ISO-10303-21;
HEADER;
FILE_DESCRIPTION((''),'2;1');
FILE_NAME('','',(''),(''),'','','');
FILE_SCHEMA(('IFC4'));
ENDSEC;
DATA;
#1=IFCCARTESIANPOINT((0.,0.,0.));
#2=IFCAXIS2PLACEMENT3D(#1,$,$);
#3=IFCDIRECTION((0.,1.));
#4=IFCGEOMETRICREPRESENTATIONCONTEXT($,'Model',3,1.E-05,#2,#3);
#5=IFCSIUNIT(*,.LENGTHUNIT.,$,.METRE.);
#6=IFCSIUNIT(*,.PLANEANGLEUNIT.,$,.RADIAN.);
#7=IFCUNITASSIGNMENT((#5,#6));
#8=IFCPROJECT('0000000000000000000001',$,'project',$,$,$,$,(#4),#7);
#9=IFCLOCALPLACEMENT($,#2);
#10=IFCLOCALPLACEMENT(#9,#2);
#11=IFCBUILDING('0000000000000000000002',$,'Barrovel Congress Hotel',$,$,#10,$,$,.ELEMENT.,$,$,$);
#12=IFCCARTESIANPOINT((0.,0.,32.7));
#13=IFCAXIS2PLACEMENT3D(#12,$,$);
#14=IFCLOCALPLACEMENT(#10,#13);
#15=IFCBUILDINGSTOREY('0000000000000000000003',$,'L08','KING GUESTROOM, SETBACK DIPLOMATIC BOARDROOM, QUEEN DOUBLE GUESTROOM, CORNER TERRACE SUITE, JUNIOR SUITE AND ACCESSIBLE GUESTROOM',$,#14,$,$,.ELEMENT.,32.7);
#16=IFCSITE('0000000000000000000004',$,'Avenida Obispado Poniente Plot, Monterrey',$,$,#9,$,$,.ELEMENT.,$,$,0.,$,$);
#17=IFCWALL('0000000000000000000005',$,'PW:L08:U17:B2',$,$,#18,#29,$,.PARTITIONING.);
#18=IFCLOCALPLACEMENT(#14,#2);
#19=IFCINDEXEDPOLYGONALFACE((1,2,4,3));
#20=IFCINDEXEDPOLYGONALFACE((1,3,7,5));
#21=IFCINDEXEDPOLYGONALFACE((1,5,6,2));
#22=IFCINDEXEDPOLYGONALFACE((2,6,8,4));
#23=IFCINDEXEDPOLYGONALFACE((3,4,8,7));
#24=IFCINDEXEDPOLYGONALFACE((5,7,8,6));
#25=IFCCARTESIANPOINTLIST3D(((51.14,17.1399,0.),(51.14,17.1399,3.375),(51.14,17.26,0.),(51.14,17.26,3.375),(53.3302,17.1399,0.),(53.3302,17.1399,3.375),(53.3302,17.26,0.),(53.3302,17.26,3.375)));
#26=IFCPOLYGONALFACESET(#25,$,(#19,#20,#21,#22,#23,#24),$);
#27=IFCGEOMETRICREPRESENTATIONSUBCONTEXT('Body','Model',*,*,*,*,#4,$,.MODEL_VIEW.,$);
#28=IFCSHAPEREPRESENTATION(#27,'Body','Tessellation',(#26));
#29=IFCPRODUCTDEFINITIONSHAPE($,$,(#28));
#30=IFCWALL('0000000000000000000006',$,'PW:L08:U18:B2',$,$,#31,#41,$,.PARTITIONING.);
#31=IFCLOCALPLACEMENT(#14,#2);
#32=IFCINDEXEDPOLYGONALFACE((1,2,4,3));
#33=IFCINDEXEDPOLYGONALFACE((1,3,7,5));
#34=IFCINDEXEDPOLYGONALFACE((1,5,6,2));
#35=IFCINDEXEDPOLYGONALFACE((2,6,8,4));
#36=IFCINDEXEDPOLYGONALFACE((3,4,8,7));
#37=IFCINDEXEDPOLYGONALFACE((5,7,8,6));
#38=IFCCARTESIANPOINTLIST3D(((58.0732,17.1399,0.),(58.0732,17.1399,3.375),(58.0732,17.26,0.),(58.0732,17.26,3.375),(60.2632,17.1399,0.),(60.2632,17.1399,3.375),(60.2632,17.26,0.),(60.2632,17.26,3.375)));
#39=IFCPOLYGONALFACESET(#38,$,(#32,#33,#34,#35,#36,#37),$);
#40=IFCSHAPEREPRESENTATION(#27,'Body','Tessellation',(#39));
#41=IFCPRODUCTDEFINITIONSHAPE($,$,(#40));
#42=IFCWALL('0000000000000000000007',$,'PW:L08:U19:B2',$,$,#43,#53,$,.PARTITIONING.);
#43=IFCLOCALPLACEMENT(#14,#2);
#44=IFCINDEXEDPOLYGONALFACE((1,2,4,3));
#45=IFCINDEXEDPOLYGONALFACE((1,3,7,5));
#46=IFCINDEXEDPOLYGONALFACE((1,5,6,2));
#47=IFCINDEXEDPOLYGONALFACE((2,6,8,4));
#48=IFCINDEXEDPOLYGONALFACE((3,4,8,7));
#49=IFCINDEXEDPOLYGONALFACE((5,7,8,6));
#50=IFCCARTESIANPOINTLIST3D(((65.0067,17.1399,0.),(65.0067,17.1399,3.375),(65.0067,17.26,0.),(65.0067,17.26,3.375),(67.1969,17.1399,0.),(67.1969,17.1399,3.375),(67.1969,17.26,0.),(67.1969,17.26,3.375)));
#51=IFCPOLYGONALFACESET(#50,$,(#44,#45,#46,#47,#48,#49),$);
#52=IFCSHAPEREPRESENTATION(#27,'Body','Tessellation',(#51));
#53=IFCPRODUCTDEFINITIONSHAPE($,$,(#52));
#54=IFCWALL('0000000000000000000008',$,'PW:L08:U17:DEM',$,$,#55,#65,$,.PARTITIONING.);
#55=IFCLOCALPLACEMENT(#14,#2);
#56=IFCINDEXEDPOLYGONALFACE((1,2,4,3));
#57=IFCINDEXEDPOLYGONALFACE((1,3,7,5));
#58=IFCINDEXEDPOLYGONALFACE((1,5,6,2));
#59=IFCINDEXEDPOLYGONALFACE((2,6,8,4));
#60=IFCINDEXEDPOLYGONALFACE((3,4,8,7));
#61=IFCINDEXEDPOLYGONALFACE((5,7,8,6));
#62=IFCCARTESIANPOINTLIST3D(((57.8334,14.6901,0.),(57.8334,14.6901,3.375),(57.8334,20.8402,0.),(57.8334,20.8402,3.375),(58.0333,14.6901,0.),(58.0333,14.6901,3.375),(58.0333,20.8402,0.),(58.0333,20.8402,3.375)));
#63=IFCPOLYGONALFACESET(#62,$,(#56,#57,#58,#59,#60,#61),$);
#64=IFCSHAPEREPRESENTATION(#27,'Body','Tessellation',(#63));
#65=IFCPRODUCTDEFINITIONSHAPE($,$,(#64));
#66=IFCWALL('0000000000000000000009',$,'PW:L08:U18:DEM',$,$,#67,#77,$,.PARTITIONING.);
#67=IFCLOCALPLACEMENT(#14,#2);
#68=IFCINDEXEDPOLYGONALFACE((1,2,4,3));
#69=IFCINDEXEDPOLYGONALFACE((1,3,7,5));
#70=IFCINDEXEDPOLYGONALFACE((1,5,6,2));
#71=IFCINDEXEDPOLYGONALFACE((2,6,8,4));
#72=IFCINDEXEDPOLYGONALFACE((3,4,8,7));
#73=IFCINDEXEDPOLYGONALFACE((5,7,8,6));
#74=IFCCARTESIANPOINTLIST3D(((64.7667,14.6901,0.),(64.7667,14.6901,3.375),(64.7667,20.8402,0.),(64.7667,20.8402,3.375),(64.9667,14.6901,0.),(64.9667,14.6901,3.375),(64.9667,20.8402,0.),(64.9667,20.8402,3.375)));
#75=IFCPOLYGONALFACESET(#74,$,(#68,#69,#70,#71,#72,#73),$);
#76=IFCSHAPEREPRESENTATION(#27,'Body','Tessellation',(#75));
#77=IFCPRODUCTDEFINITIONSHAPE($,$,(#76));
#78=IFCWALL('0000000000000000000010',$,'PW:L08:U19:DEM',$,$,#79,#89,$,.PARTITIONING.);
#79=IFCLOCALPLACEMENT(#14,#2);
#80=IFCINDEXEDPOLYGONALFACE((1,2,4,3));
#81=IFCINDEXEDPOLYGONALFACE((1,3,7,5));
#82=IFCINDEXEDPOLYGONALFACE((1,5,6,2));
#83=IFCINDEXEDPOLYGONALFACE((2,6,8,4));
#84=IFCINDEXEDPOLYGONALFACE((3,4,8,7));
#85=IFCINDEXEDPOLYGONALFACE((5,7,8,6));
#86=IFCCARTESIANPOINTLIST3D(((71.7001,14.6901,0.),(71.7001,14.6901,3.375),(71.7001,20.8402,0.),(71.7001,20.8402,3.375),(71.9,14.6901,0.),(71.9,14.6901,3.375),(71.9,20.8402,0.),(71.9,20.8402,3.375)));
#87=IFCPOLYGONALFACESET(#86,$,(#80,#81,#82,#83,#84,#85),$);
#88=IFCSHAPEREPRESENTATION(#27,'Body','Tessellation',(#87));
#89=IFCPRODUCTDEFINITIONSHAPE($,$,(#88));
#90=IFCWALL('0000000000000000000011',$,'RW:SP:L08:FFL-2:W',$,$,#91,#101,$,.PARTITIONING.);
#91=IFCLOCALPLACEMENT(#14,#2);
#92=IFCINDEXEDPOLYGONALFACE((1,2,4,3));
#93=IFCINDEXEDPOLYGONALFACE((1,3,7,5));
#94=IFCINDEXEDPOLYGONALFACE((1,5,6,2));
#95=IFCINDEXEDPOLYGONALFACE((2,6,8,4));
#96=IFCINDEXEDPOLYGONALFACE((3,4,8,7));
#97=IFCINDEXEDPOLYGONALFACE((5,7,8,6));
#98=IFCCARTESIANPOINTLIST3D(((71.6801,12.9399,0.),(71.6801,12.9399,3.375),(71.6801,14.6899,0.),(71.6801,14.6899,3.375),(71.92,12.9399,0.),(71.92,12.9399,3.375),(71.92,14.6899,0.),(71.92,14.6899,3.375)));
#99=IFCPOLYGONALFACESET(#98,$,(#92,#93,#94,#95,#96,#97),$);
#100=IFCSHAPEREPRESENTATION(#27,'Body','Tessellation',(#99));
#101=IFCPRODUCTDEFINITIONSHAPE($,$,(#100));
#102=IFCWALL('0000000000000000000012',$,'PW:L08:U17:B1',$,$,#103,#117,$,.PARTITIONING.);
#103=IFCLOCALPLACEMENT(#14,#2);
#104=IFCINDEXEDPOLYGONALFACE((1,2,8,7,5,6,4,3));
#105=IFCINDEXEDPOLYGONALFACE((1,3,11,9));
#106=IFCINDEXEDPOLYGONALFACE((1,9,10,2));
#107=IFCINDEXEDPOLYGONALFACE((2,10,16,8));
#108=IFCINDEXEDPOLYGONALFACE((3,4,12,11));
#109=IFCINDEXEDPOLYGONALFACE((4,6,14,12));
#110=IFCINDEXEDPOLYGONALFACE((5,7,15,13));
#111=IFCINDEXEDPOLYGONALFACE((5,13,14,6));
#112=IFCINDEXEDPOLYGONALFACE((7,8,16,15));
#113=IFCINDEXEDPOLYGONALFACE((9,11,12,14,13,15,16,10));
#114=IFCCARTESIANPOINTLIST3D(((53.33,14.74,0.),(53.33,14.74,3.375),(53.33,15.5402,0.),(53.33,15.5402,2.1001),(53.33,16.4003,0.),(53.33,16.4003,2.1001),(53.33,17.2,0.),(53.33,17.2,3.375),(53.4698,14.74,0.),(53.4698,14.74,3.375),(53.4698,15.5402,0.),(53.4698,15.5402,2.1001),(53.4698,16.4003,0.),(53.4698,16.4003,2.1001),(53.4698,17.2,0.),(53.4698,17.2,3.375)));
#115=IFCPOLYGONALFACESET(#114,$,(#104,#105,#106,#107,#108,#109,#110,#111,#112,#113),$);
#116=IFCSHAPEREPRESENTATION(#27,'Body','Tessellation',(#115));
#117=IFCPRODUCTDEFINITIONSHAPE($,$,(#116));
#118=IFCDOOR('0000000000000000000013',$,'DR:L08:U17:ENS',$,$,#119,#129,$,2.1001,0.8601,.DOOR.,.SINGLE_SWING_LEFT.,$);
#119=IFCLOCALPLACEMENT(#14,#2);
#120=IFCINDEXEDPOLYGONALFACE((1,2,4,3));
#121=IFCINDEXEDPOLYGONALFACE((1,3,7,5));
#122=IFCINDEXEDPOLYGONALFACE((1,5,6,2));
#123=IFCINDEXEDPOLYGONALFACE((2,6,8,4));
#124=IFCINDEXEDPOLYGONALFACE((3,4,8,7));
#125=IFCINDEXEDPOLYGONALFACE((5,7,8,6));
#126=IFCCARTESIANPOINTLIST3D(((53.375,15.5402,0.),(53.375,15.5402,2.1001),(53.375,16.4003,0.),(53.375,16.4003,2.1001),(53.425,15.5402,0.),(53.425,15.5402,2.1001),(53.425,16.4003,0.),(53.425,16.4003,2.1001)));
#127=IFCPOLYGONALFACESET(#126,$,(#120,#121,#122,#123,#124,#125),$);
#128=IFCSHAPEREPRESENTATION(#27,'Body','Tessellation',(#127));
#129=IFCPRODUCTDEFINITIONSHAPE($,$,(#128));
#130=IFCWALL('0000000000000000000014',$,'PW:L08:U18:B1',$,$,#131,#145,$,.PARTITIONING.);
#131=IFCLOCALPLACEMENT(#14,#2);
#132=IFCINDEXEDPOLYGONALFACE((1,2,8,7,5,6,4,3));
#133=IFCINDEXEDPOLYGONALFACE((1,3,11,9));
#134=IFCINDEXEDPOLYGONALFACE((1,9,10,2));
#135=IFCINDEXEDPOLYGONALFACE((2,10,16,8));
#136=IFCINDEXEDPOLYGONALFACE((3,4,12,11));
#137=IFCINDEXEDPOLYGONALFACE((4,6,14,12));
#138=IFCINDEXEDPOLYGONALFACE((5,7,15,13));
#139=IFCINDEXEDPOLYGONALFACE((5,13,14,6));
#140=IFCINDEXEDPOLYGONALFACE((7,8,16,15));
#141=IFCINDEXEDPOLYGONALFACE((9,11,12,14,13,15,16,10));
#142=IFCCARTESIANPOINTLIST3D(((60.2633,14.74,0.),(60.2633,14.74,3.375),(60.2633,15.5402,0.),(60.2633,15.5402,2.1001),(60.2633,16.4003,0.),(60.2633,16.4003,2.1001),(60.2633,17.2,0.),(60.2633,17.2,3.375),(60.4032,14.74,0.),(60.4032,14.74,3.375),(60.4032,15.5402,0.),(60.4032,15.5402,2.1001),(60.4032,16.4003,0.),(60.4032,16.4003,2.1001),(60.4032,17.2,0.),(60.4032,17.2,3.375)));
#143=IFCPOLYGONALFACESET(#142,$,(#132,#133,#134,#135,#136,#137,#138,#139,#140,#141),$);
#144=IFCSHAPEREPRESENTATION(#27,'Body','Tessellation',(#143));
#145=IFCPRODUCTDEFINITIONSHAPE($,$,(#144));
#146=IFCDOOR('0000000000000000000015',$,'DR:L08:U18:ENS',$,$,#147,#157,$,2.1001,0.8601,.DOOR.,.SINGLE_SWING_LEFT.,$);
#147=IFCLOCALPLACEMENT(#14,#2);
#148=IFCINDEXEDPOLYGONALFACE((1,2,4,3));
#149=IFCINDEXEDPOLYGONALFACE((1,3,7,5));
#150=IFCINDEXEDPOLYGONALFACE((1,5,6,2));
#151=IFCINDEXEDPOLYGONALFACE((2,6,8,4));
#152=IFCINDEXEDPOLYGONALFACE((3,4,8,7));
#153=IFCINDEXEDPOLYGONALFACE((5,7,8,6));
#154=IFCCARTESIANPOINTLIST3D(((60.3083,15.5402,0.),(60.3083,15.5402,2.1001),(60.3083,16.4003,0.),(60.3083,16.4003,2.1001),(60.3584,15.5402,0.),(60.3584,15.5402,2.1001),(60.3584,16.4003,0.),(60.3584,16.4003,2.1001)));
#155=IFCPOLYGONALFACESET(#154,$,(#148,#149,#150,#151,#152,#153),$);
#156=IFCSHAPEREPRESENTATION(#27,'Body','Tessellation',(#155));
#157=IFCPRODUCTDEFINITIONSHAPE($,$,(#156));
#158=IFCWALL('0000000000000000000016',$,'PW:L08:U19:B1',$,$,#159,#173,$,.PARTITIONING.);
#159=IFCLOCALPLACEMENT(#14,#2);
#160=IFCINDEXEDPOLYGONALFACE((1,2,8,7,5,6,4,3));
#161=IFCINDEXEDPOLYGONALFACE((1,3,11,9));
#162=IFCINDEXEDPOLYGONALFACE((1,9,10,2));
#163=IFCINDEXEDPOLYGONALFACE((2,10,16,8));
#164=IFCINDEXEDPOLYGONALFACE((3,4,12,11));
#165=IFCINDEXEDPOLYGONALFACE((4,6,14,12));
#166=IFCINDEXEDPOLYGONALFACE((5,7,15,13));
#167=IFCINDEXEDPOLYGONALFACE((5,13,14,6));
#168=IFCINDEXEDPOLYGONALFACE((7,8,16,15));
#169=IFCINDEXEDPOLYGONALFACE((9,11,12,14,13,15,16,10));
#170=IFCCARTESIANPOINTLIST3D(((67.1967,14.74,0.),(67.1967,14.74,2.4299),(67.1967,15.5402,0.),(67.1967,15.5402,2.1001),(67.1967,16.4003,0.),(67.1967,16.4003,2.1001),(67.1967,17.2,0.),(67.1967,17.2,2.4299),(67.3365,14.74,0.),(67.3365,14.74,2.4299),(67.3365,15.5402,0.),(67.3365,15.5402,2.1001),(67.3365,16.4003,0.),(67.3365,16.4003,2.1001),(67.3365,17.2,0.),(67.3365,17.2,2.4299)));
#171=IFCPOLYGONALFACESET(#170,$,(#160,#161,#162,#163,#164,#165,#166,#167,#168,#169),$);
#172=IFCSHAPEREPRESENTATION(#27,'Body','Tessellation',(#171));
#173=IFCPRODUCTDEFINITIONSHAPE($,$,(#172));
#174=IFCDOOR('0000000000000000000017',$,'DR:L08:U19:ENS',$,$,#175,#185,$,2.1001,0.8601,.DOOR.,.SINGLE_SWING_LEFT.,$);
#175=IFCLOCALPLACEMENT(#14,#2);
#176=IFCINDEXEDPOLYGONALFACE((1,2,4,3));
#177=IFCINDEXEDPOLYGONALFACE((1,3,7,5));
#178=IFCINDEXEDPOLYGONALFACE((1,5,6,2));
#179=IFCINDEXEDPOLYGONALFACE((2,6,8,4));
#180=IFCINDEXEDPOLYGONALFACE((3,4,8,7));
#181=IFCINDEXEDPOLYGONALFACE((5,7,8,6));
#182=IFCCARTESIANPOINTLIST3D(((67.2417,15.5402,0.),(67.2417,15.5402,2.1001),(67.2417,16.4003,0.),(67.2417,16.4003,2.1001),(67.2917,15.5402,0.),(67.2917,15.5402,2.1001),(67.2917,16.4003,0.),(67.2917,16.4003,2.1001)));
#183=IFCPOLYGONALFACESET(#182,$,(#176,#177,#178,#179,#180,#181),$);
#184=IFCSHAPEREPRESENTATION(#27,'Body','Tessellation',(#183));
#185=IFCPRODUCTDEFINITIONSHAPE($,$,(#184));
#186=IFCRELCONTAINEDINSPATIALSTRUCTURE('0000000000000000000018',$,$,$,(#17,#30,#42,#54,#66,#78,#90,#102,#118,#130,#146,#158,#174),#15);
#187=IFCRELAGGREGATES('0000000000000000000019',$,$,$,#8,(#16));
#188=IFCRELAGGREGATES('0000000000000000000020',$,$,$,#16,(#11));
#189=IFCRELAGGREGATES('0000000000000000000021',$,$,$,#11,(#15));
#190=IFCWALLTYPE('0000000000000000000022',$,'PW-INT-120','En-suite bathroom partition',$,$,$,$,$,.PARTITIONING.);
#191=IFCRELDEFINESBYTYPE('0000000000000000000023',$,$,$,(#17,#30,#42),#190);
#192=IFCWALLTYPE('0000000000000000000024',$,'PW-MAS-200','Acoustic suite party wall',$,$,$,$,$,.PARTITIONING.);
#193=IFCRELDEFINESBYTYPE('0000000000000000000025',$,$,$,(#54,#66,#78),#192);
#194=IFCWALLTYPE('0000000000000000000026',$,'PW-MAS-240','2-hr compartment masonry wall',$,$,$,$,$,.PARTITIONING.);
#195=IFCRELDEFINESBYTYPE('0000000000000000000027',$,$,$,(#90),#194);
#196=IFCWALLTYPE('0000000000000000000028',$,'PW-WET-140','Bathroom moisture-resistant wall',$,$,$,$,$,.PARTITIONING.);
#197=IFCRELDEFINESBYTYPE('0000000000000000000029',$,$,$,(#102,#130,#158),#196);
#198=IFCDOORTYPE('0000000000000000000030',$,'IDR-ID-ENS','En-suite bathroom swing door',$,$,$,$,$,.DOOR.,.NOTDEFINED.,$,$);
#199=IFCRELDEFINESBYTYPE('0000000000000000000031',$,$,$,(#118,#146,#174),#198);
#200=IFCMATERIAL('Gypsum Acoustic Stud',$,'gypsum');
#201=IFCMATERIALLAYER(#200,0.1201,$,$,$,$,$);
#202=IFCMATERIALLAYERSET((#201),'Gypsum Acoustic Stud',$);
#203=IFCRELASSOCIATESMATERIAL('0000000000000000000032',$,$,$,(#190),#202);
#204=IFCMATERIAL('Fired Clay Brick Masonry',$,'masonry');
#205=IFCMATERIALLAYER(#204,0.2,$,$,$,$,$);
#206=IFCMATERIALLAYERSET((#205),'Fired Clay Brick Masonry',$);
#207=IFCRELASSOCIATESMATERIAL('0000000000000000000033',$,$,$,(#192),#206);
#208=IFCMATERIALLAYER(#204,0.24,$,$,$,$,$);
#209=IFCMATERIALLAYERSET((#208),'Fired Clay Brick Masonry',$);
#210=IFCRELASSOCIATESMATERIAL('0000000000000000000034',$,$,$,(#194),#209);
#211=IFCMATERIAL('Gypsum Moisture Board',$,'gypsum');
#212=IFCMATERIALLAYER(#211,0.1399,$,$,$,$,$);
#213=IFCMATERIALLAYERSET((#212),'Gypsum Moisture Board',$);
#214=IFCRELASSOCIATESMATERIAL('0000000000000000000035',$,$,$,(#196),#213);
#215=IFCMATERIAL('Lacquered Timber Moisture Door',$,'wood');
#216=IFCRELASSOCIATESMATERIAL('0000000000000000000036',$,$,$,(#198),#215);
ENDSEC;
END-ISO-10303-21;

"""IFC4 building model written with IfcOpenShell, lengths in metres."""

from ifc_helpers import new_model, si_unit, direction, frame, frame_2d, origin, place, context, subcontext, project, spatial, rectangle, extrude, material, layer, layer_set, type_object, element, fill, save


model = new_model("IFC4")

# Units and contexts
model_context = context("Model", 3, precision=1e-05, world=origin(), true_north=direction((0.0, 1.0)))
body_context = subcontext(model_context, "Body", "Model", "MODEL_VIEW")
ifc_project = project(units=[si_unit("LENGTHUNIT", "METRE"), si_unit("PLANEANGLEUNIT", "RADIAN")], contexts=[model_context])

# Site, building, storey
site_placement = place(None, origin())
site = spatial("IfcSite", under=ifc_project, at=site_placement, Name="Avenida Obispado Poniente Plot, Monterrey", CompositionType="ELEMENT", RefElevation=0.0)
building_placement = place(site_placement, origin())
building = spatial("IfcBuilding", under=site, at=building_placement, Name="Barrovel Congress Hotel", CompositionType="ELEMENT")
storey_placement = place(building_placement, frame((0.0, 0.0, 32.7)))
storey = spatial("IfcBuildingStorey", under=building, at=storey_placement, Name="L08", Description="KING GUESTROOM, SETBACK DIPLOMATIC BOARDROOM, QUEEN DOUBLE GUESTROOM, CORNER TERRACE SUITE, JUNIOR SUITE AND ACCESSIBLE GUESTROOM", CompositionType="ELEMENT", Elevation=32.7)

# Shared definitions
ifc_material_1 = material(Name="Gypsum Acoustic Stud", Category="gypsum")

# Walls
ifc_layer_1 = layer(ifc_material_1, 0.1201)
ifc_layer_set_1 = layer_set([ifc_layer_1], Name="Gypsum Acoustic Stud")
wall_type_1 = type_object("IfcWallType", Name="PW-INT-120", Description="En-suite bathroom partition", PredefinedType="PARTITIONING", material=ifc_layer_set_1)
wall_1_placement = place(storey_placement, frame((51.1399, 17.2, 0.0), z_axis=(0.0, 0.0, 1.0), x_axis=(1.0, 0.0, 0.0)))
element("IfcWall", 1, at=wall_1_placement, inside=storey, type_object=wall_type_1, Name="PW:L08:U17:B2", PredefinedType="PARTITIONING", context=body_context, shape_type="SweptSolid", body=[
    extrude(rectangle(XDim=2.1902, YDim=0.1201, at=frame_2d((1.0952, 0.0))), origin(), (0.0, 0.0, 1.0), 3.375),
])
wall_2_placement = place(storey_placement, frame((58.0732, 17.2, 0.0), z_axis=(0.0, 0.0, 1.0), x_axis=(1.0, 0.0, 0.0)))
element("IfcWall", 2, at=wall_2_placement, inside=storey, type_object=wall_type_1, Name="PW:L08:U18:B2", PredefinedType="PARTITIONING", context=body_context, shape_type="SweptSolid", body=[
    extrude(rectangle(XDim=2.1899, YDim=0.1201, at=frame_2d((1.095, 0.0))), origin(), (0.0, 0.0, 1.0), 3.375),
])
wall_3_placement = place(storey_placement, frame((65.0066, 17.2, 0.0), z_axis=(0.0, 0.0, 1.0), x_axis=(1.0, 0.0, 0.0)))
element("IfcWall", 3, at=wall_3_placement, inside=storey, type_object=wall_type_1, Name="PW:L08:U19:B2", PredefinedType="PARTITIONING", context=body_context, shape_type="SweptSolid", body=[
    extrude(rectangle(XDim=2.1902, YDim=0.1201, at=frame_2d((1.0952, 0.0))), origin(), (0.0, 0.0, 1.0), 3.375),
])
ifc_material_2 = material(Name="Fired Clay Brick Masonry", Category="masonry")
ifc_layer_2 = layer(ifc_material_2, 0.2)
ifc_layer_set_2 = layer_set([ifc_layer_2], Name="Fired Clay Brick Masonry")
wall_type_2 = type_object("IfcWallType", Name="PW-MAS-200", Description="Acoustic suite party wall", PredefinedType="PARTITIONING", material=ifc_layer_set_2)
for number, where, z_axis, x_axis, name in (
    (4, (57.9333, 14.6899, 0.0), (0.0, 0.0, 1.0), (0.0, 1.0, 0.0), "PW:L08:U17:DEM"),
    (5, (64.8667, 14.6899, 0.0), (0.0, 0.0, 1.0), (0.0, 1.0, 0.0), "PW:L08:U18:DEM"),
    (6, (71.8, 14.6899, 0.0), (0.0, 0.0, 1.0), (0.0, 1.0, 0.0), "PW:L08:U19:DEM"),
):
    element("IfcWall", number, at=place(storey_placement, frame(where, z_axis=z_axis, x_axis=x_axis)), inside=storey, type_object=wall_type_2, Name=name, PredefinedType="PARTITIONING", context=body_context, shape_type="SweptSolid", body=[
        extrude(rectangle(XDim=6.1501, YDim=0.2, at=frame_2d((3.0752, 0.0))), origin(), (0.0, 0.0, 1.0), 3.375),
    ])
ifc_layer_3 = layer(ifc_material_2, 0.24)
ifc_layer_set_3 = layer_set([ifc_layer_3], Name="Fired Clay Brick Masonry")
wall_type_3 = type_object("IfcWallType", Name="PW-MAS-240", Description="2-hr compartment masonry wall", PredefinedType="PARTITIONING", material=ifc_layer_set_3)
wall_4_placement = place(storey_placement, frame((71.8, 12.9399, 0.0), z_axis=(0.0, 0.0, 1.0), x_axis=(0.0, 1.0, 0.0)))
element("IfcWall", 7, at=wall_4_placement, inside=storey, type_object=wall_type_3, Name="RW:SP:L08:FFL-2:W", PredefinedType="PARTITIONING", context=body_context, shape_type="SweptSolid", body=[
    extrude(rectangle(XDim=1.75, YDim=0.24, at=frame_2d((0.875, 0.0))), origin(), (0.0, 0.0, 1.0), 3.375),
])

# Walls, openings, doors
ifc_material_3 = material(Name="Gypsum Moisture Board", Category="gypsum")
ifc_layer_4 = layer(ifc_material_3, 0.1399)
ifc_layer_set_4 = layer_set([ifc_layer_4], Name="Gypsum Moisture Board")
wall_type_4 = type_object("IfcWallType", Name="PW-WET-140", Description="Bathroom moisture-resistant wall", PredefinedType="PARTITIONING", material=ifc_layer_set_4)
wall_5_placement = place(storey_placement, frame((53.3999, 14.74, 0.0), z_axis=(0.0, 0.0, 1.0), x_axis=(0.0, 1.0, 0.0)))
wall_5 = element("IfcWall", 8, at=wall_5_placement, inside=storey, type_object=wall_type_4, Name="PW:L08:U17:B1", PredefinedType="PARTITIONING", context=body_context, shape_type="SweptSolid", body=[
    extrude(rectangle(XDim=2.46, YDim=0.1399, at=frame_2d((1.23, 0.0))), origin(), (0.0, 0.0, 1.0), 3.375),
])
opening_1_placement = place(wall_5_placement, frame((0.8, 0.0, 0.0)))
opening_1 = element("IfcOpeningElement", 9, at=opening_1_placement, cuts=wall_5, PredefinedType="OPENING", context=body_context, shape_type="SweptSolid", body=[
    extrude(rectangle(XDim=0.8601, YDim=2.1001, at=frame_2d((0.4302, 1.05))), frame((0.0, 0.0801, 0.0), z_axis=(0.0, -1.0, 0.0), x_axis=(1.0, 0.0, 0.0)), (0.0, 0.0, 1.0), 0.1599),
])
ifc_material_4 = material(Name="Lacquered Timber Moisture Door", Category="wood")
door_type_1 = type_object("IfcDoorType", Name="IDR-ID-ENS", Description="En-suite bathroom swing door", OperationType="NOTDEFINED", PredefinedType="DOOR", material=ifc_material_4)
door_1_placement = place(opening_1_placement, origin())
door_1 = element("IfcDoor", 10, at=door_1_placement, inside=storey, type_object=door_type_1, Name="DR:L08:U17:ENS", OperationType="SINGLE_SWING_LEFT", OverallHeight=2.1001, OverallWidth=0.8601, PredefinedType="DOOR", context=body_context, shape_type="SweptSolid", body=[
    extrude(rectangle(XDim=0.8601, YDim=2.1001, at=frame_2d((0.4302, 1.05))), frame((0.0, 0.0249, 0.0), z_axis=(0.0, -1.0, 0.0), x_axis=(1.0, 0.0, 0.0)), (0.0, 0.0, 1.0), 0.05),
])
fill(opening_1, door_1)
wall_6_placement = place(storey_placement, frame((60.3333, 14.74, 0.0), z_axis=(0.0, 0.0, 1.0), x_axis=(0.0, 1.0, 0.0)))
wall_6 = element("IfcWall", 11, at=wall_6_placement, inside=storey, type_object=wall_type_4, Name="PW:L08:U18:B1", PredefinedType="PARTITIONING", context=body_context, shape_type="SweptSolid", body=[
    extrude(rectangle(XDim=2.46, YDim=0.1399, at=frame_2d((1.23, 0.0))), origin(), (0.0, 0.0, 1.0), 3.375),
])
opening_2_placement = place(wall_6_placement, frame((0.8, 0.0, 0.0)))
opening_2 = element("IfcOpeningElement", 12, at=opening_2_placement, cuts=wall_6, PredefinedType="OPENING", context=body_context, shape_type="SweptSolid", body=[
    extrude(rectangle(XDim=0.8601, YDim=2.1001, at=frame_2d((0.4302, 1.05))), frame((0.0, 0.0801, 0.0), z_axis=(0.0, -1.0, 0.0), x_axis=(1.0, 0.0, 0.0)), (0.0, 0.0, 1.0), 0.1599),
])
door_2_placement = place(opening_2_placement, origin())
door_2 = element("IfcDoor", 13, at=door_2_placement, inside=storey, type_object=door_type_1, Name="DR:L08:U18:ENS", OperationType="SINGLE_SWING_LEFT", OverallHeight=2.1001, OverallWidth=0.8601, PredefinedType="DOOR", context=body_context, shape_type="SweptSolid", body=[
    extrude(rectangle(XDim=0.8601, YDim=2.1001, at=frame_2d((0.4302, 1.05))), frame((0.0, 0.0249, 0.0), z_axis=(0.0, -1.0, 0.0), x_axis=(1.0, 0.0, 0.0)), (0.0, 0.0, 1.0), 0.05),
])
fill(opening_2, door_2)
wall_7_placement = place(storey_placement, frame((67.2666, 14.74, 0.0), z_axis=(0.0, 0.0, 1.0), x_axis=(0.0, 1.0, 0.0)))
wall_7 = element("IfcWall", 14, at=wall_7_placement, inside=storey, type_object=wall_type_4, Name="PW:L08:U19:B1", PredefinedType="PARTITIONING", context=body_context, shape_type="SweptSolid", body=[
    extrude(rectangle(XDim=2.46, YDim=0.1399, at=frame_2d((1.23, 0.0))), origin(), (0.0, 0.0, 1.0), 2.4299),
])
opening_3_placement = place(wall_7_placement, frame((0.8, 0.0, 0.0)))
opening_3 = element("IfcOpeningElement", 15, at=opening_3_placement, cuts=wall_7, PredefinedType="OPENING", context=body_context, shape_type="SweptSolid", body=[
    extrude(rectangle(XDim=0.8601, YDim=2.1001, at=frame_2d((0.4302, 1.05))), frame((0.0, 0.0801, 0.0), z_axis=(0.0, -1.0, 0.0), x_axis=(1.0, 0.0, 0.0)), (0.0, 0.0, 1.0), 0.1599),
])
door_3_placement = place(opening_3_placement, origin())
door_3 = element("IfcDoor", 16, at=door_3_placement, inside=storey, type_object=door_type_1, Name="DR:L08:U19:ENS", OperationType="SINGLE_SWING_LEFT", OverallHeight=2.1001, OverallWidth=0.8601, PredefinedType="DOOR", context=body_context, shape_type="SweptSolid", body=[
    extrude(rectangle(XDim=0.8601, YDim=2.1001, at=frame_2d((0.4302, 1.05))), frame((0.0, 0.0249, 0.0), z_axis=(0.0, -1.0, 0.0), x_axis=(1.0, 0.0, 0.0)), (0.0, 0.0, 1.0), 0.05),
])
fill(opening_3, door_3)

save(model, "model.ifc")
